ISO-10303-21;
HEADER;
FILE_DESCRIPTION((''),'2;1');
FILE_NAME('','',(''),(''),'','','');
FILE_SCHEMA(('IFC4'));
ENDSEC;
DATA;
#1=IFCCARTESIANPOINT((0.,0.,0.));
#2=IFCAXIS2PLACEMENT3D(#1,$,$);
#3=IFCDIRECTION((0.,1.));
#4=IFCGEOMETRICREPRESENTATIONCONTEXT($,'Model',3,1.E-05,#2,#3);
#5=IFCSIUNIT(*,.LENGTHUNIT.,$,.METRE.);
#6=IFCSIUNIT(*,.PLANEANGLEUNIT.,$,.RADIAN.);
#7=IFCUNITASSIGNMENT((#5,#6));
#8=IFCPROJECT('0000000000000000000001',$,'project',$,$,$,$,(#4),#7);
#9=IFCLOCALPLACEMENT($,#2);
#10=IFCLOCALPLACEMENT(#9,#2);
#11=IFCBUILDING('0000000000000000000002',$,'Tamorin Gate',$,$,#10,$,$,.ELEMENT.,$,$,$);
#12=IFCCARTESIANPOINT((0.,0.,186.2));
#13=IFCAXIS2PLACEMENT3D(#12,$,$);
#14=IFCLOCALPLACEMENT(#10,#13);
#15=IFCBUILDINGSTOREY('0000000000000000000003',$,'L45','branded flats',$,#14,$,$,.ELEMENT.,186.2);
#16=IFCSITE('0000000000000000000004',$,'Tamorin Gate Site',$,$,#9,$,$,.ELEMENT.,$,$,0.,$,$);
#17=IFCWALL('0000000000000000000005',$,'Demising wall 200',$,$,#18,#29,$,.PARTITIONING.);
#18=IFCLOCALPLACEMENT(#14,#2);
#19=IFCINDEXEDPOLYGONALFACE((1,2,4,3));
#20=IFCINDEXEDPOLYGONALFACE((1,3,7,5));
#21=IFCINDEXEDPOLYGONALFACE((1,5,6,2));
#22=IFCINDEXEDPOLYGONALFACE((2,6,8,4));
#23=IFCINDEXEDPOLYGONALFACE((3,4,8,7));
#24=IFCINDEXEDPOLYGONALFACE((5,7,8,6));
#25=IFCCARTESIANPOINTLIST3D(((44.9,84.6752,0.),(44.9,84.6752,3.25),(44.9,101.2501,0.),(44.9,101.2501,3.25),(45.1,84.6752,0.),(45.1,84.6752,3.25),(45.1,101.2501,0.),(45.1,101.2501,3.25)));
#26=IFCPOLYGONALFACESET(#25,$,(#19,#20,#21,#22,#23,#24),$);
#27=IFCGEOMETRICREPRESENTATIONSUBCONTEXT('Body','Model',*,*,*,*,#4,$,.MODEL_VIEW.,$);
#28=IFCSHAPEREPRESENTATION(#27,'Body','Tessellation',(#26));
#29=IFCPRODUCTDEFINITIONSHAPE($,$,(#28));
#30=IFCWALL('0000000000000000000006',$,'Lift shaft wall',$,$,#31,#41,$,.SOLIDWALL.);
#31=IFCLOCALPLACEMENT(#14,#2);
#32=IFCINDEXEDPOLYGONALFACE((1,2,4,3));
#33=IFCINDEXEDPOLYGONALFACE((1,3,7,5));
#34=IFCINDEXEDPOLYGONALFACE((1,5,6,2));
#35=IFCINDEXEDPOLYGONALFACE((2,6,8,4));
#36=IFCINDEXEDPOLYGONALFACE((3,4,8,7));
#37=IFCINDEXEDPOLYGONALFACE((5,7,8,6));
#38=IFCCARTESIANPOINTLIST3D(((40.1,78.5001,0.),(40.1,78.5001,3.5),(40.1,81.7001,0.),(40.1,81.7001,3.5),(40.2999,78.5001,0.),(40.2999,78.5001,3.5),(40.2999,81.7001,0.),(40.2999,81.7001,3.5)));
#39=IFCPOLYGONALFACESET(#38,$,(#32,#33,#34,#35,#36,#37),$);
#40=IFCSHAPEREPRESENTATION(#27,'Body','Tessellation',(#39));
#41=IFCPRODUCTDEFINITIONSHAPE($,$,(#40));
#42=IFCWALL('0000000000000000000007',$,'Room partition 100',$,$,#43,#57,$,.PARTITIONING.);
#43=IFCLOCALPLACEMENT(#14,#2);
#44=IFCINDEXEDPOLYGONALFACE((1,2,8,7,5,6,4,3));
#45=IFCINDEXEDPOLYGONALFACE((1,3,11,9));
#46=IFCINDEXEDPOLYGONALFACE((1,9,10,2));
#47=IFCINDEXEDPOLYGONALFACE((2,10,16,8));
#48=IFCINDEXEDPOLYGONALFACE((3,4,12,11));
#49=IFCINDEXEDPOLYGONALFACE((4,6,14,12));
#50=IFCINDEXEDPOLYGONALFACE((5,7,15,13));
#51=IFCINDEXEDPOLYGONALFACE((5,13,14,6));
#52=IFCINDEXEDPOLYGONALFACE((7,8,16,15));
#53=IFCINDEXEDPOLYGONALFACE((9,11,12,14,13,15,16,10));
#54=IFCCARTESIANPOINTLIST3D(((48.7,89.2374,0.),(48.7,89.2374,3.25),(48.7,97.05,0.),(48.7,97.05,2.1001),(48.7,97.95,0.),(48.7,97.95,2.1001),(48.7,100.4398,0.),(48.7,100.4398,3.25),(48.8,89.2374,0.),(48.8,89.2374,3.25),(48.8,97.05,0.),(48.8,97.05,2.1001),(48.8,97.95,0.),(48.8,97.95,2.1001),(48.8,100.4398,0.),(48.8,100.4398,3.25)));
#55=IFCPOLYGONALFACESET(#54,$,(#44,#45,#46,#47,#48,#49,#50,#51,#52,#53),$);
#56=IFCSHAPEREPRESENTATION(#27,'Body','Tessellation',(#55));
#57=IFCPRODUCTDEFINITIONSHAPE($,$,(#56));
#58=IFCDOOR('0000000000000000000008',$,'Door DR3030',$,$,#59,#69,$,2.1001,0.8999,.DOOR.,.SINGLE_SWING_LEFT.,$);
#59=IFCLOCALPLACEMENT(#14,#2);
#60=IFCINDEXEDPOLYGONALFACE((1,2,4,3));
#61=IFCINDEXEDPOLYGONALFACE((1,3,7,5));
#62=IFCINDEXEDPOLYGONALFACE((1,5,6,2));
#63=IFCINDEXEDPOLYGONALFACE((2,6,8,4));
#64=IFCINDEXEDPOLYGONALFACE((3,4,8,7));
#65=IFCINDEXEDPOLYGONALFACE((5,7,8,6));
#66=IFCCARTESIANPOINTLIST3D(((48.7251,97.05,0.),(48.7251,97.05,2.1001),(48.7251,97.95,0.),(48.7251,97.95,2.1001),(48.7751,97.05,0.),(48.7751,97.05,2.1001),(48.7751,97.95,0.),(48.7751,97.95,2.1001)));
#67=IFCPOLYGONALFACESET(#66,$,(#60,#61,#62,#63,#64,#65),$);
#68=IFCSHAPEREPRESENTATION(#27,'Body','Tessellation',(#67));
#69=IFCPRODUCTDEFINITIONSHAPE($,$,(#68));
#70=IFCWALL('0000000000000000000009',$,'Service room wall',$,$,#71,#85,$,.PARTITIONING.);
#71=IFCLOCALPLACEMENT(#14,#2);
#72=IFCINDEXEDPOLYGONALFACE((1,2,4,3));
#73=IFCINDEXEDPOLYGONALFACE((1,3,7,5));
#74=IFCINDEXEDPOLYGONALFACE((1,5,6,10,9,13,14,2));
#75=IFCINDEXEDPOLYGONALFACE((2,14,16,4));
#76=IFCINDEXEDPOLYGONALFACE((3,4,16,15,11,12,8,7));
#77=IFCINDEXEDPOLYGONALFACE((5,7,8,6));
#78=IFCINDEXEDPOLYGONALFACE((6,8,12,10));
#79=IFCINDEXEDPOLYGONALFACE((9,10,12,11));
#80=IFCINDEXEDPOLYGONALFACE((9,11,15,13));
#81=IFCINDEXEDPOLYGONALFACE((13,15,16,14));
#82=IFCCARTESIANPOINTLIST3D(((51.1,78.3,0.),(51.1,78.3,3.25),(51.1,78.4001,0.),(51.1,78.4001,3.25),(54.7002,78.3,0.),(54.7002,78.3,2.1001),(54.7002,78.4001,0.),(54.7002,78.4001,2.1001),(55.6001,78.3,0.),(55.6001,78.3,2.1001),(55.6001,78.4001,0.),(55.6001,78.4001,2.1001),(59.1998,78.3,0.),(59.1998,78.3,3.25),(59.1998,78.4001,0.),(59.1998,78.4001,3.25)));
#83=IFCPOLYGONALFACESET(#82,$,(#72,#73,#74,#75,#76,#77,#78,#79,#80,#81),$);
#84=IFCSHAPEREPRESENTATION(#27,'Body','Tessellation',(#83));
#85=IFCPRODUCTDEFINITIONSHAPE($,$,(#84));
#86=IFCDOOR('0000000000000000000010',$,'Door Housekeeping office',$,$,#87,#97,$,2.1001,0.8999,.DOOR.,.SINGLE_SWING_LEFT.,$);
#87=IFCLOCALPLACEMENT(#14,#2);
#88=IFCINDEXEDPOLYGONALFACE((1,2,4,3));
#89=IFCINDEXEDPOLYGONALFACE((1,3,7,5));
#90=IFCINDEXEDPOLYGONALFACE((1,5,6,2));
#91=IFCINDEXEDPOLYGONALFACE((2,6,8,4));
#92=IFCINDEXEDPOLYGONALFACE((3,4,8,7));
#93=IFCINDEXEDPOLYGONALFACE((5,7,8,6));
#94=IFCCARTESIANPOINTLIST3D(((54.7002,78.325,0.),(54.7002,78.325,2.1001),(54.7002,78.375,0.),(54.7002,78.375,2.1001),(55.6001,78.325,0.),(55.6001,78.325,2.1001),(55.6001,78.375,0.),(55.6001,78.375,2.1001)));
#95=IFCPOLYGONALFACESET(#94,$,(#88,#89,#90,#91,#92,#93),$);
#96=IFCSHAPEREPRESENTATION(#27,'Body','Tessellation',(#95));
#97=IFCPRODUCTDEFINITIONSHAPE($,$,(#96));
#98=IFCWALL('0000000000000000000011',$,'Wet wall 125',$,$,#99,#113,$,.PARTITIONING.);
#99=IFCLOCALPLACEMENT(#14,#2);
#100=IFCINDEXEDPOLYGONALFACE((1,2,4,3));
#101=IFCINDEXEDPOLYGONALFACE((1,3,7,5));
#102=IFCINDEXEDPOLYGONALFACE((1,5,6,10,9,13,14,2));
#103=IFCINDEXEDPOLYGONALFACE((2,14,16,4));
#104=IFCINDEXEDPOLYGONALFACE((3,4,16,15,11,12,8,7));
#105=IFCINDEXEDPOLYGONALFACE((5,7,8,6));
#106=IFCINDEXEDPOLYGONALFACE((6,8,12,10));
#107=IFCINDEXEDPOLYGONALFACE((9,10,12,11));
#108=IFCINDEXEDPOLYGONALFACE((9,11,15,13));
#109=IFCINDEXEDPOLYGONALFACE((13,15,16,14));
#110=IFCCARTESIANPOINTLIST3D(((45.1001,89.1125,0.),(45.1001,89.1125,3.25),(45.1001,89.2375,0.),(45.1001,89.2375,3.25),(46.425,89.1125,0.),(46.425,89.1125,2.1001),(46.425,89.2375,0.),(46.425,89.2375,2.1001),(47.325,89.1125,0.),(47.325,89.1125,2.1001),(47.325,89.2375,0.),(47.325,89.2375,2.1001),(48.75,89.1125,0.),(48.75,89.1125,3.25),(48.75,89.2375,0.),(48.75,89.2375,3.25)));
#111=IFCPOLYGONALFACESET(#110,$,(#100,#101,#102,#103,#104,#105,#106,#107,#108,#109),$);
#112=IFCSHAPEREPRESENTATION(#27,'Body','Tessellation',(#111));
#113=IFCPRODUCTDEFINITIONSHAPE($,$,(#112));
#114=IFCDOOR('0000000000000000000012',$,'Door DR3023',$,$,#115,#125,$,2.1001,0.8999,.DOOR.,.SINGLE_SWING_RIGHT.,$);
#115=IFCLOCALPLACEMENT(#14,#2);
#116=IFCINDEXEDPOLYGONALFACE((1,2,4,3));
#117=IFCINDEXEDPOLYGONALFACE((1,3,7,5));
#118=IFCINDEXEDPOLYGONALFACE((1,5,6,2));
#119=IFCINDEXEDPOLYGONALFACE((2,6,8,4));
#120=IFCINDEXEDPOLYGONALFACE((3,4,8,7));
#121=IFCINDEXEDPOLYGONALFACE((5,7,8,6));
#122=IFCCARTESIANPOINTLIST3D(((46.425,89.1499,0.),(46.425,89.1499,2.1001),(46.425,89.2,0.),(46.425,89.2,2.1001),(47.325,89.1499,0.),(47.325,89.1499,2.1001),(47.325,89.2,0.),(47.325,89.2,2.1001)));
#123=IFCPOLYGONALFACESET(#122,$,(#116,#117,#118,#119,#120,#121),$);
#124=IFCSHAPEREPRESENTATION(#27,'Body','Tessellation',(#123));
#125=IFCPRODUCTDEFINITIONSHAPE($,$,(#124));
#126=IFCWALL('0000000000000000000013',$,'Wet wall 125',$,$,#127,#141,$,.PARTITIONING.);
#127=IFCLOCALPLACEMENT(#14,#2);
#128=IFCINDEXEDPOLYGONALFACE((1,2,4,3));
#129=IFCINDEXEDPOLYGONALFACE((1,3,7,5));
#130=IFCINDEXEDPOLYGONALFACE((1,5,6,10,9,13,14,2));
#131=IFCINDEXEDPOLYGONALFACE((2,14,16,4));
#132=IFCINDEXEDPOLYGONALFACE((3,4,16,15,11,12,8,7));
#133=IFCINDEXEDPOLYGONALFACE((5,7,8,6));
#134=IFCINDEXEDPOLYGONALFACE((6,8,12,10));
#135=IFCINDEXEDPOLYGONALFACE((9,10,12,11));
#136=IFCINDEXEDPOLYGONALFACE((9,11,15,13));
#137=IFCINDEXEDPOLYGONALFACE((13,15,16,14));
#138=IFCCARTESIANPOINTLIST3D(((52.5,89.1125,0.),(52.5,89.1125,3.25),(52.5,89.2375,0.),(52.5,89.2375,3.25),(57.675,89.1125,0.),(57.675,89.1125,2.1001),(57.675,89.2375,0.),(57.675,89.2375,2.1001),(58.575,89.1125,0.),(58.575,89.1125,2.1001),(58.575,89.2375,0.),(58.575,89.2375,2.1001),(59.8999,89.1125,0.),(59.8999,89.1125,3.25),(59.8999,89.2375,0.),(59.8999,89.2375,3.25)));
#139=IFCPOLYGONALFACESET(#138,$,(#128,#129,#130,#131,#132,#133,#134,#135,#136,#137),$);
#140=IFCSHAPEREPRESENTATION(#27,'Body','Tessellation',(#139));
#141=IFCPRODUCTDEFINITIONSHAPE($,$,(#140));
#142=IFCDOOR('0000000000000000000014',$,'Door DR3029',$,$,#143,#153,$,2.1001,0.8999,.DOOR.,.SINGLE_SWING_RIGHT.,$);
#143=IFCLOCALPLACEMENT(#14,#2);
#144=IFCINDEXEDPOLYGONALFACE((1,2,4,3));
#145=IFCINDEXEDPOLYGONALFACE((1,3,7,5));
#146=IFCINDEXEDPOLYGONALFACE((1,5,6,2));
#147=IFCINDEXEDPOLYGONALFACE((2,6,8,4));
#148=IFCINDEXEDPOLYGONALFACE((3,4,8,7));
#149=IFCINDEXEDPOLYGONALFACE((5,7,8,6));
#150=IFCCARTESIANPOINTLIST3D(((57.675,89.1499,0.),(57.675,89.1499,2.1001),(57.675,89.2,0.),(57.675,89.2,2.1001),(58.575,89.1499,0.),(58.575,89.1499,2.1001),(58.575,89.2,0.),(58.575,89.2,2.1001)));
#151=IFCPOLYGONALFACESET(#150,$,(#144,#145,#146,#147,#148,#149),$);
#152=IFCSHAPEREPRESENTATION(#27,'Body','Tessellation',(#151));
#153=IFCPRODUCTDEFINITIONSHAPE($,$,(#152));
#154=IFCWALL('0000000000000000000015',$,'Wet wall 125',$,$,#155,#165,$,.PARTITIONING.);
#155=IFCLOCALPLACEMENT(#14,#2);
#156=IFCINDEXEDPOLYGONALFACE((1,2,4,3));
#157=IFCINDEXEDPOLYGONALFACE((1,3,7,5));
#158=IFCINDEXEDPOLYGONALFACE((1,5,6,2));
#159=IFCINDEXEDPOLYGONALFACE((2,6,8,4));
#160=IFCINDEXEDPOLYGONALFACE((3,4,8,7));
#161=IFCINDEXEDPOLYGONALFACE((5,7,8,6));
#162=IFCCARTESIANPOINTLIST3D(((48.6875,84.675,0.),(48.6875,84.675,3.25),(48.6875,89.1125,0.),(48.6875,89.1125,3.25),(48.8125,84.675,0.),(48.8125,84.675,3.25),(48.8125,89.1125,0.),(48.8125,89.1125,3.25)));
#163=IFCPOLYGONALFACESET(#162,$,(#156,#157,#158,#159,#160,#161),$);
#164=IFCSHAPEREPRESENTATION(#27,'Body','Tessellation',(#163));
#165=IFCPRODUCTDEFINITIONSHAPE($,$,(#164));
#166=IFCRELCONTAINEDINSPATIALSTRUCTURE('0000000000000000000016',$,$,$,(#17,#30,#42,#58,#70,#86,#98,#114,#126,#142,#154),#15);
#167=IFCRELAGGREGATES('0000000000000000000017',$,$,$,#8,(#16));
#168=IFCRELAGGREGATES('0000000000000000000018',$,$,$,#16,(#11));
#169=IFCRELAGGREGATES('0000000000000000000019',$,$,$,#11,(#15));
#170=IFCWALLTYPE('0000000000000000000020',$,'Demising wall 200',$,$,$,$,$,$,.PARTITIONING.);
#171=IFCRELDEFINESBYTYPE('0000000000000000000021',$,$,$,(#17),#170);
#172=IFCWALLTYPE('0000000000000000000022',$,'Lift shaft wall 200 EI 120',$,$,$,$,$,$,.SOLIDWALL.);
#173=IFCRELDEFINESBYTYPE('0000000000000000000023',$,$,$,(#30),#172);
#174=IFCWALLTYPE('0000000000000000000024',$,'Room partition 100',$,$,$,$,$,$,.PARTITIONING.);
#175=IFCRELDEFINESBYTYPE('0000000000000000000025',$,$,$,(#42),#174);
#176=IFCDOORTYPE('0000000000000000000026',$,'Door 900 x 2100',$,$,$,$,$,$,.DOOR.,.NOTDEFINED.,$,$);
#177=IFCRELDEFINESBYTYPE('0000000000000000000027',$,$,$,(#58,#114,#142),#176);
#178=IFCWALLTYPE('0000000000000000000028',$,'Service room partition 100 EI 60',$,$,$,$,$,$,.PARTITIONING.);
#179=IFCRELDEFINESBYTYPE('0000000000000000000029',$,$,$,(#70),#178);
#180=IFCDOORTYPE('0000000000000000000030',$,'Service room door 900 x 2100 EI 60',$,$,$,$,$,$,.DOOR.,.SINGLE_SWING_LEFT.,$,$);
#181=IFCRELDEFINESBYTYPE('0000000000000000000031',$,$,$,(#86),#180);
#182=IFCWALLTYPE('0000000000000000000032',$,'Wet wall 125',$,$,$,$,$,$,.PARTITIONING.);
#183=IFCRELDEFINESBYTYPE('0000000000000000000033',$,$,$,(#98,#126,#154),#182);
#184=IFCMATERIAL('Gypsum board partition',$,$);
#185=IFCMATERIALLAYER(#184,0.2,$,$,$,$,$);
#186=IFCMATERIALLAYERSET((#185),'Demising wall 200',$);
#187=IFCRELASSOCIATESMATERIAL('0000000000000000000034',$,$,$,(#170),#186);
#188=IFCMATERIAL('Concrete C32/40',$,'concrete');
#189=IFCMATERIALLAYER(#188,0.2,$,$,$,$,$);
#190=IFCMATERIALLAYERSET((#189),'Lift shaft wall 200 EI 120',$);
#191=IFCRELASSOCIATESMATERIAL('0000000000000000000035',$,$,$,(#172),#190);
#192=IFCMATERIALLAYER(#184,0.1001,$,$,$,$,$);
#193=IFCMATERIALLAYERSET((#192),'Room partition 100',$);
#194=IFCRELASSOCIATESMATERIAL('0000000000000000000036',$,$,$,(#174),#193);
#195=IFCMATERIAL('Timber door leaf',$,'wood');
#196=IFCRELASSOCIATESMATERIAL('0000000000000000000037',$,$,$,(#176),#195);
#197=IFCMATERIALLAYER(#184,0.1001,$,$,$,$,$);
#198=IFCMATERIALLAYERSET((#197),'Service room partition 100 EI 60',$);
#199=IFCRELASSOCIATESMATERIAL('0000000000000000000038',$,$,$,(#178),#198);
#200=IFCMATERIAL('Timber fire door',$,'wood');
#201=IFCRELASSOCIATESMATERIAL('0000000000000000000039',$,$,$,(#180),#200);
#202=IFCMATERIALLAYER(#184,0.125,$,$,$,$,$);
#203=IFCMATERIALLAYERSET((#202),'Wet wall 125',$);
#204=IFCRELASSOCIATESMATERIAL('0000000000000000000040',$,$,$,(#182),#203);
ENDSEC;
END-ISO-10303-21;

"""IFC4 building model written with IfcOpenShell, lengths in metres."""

from ifc_helpers import new_model, si_unit, direction, frame, frame_2d, origin, place, context, subcontext, project, spatial, rectangle, extrude, material, layer, layer_set, type_object, element, fill, save


model = new_model("IFC4")

# Units and contexts
model_context = context("Model", 3, precision=1e-05, world=origin(), true_north=direction((0.0, 1.0)))
body_context = subcontext(model_context, "Body", "Model", "MODEL_VIEW")
ifc_project = project(units=[si_unit("LENGTHUNIT", "METRE"), si_unit("PLANEANGLEUNIT", "RADIAN")], contexts=[model_context])

# Site, building, storey
site_placement = place(None, origin())
site = spatial("IfcSite", under=ifc_project, at=site_placement, Name="Tamorin Gate Site", CompositionType="ELEMENT", RefElevation=0.0)
building_placement = place(site_placement, origin())
building = spatial("IfcBuilding", under=site, at=building_placement, Name="Tamorin Gate", CompositionType="ELEMENT")
storey_placement = place(building_placement, frame((0.0, 0.0, 186.2)))
storey = spatial("IfcBuildingStorey", under=building, at=storey_placement, Name="L45", Description="branded flats", CompositionType="ELEMENT", Elevation=186.2)

# Walls
ifc_material_1 = material(Name="Gypsum board partition")
ifc_layer_1 = layer(ifc_material_1, 0.2)
ifc_layer_set_1 = layer_set([ifc_layer_1], Name="Demising wall 200")
wall_type_1 = type_object("IfcWallType", Name="Demising wall 200", PredefinedType="PARTITIONING", material=ifc_layer_set_1)
wall_1_placement = place(storey_placement, frame((45.0, 84.675, 0.0), z_axis=(0.0, 0.0, 1.0), x_axis=(0.0, 1.0, 0.0)))
element("IfcWall", 1, at=wall_1_placement, inside=storey, type_object=wall_type_1, Name="Demising wall 200", PredefinedType="PARTITIONING", context=body_context, shape_type="SweptSolid", body=[
    extrude(rectangle(XDim=16.575, YDim=0.2, at=frame_2d((8.2876, 0.0))), origin(), (0.0, 0.0, 1.0), 3.25),
])
ifc_material_2 = material(Name="Concrete C32/40", Category="concrete")
ifc_layer_2 = layer(ifc_material_2, 0.2)
ifc_layer_set_2 = layer_set([ifc_layer_2], Name="Lift shaft wall 200 EI 120")
wall_type_2 = type_object("IfcWallType", Name="Lift shaft wall 200 EI 120", PredefinedType="SOLIDWALL", material=ifc_layer_set_2)
wall_2_placement = place(storey_placement, frame((40.2, 78.5, 0.0), z_axis=(0.0, 0.0, 1.0), x_axis=(0.0, 1.0, 0.0)))
element("IfcWall", 2, at=wall_2_placement, inside=storey, type_object=wall_type_2, Name="Lift shaft wall", PredefinedType="SOLIDWALL", context=body_context, shape_type="SweptSolid", body=[
    extrude(rectangle(XDim=3.2, YDim=0.2, at=frame_2d((1.6001, 0.0))), origin(), (0.0, 0.0, 1.0), 3.5),
])

# Walls, openings, doors
ifc_layer_3 = layer(ifc_material_1, 0.1001)
ifc_layer_set_3 = layer_set([ifc_layer_3], Name="Room partition 100")
wall_type_3 = type_object("IfcWallType", Name="Room partition 100", PredefinedType="PARTITIONING", material=ifc_layer_set_3)
wall_3_placement = place(storey_placement, frame((48.75, 89.2375, 0.0), z_axis=(0.0, 0.0, 1.0), x_axis=(0.0, 1.0, 0.0)))
wall_3 = element("IfcWall", 3, at=wall_3_placement, inside=storey, type_object=wall_type_3, Name="Room partition 100", PredefinedType="PARTITIONING", context=body_context, shape_type="SweptSolid", body=[
    extrude(rectangle(XDim=11.2024, YDim=0.1001, at=frame_2d((5.6011, 0.0))), origin(), (0.0, 0.0, 1.0), 3.25),
])
opening_1_placement = place(wall_3_placement, frame((7.8125, 0.0, 0.0)))
opening_1 = element("IfcOpeningElement", 4, at=opening_1_placement, cuts=wall_3, PredefinedType="OPENING", context=body_context, shape_type="SweptSolid", body=[
    extrude(rectangle(XDim=0.8999, YDim=2.1001, at=frame_2d((0.45, 1.05))), frame((0.0, 0.0601, 0.0), z_axis=(0.0, -1.0, 0.0), x_axis=(1.0, 0.0, 0.0)), (0.0, 0.0, 1.0), 0.1201),
])
ifc_material_3 = material(Name="Timber door leaf", Category="wood")
door_type_1 = type_object("IfcDoorType", Name="Door 900 x 2100", OperationType="NOTDEFINED", PredefinedType="DOOR", material=ifc_material_3)
door_1_placement = place(opening_1_placement, origin())
door_1 = element("IfcDoor", 5, at=door_1_placement, inside=storey, type_object=door_type_1, Name="Door DR3030", OperationType="SINGLE_SWING_LEFT", OverallHeight=2.1001, OverallWidth=0.8999, PredefinedType="DOOR", context=body_context, shape_type="SweptSolid", body=[
    extrude(rectangle(XDim=0.8999, YDim=2.1001, at=frame_2d((0.45, 1.05))), frame((0.0, 0.0249, 0.0), z_axis=(0.0, -1.0, 0.0), x_axis=(1.0, 0.0, 0.0)), (0.0, 0.0, 1.0), 0.05),
])
fill(opening_1, door_1)
ifc_layer_4 = layer(ifc_material_1, 0.1001)
ifc_layer_set_4 = layer_set([ifc_layer_4], Name="Service room partition 100 EI 60")
wall_type_4 = type_object("IfcWallType", Name="Service room partition 100 EI 60", PredefinedType="PARTITIONING", material=ifc_layer_set_4)
wall_4_placement = place(storey_placement, frame((51.1001, 78.3501, 0.0), z_axis=(0.0, 0.0, 1.0), x_axis=(1.0, 0.0, 0.0)))
wall_4 = element("IfcWall", 6, at=wall_4_placement, inside=storey, type_object=wall_type_4, Name="Service room wall", PredefinedType="PARTITIONING", context=body_context, shape_type="SweptSolid", body=[
    extrude(rectangle(XDim=8.0999, YDim=0.1001, at=frame_2d((4.0498, 0.0))), origin(), (0.0, 0.0, 1.0), 3.25),
])
opening_2_placement = place(wall_4_placement, frame((3.6001, 0.0, 0.0)))
opening_2 = element("IfcOpeningElement", 7, at=opening_2_placement, cuts=wall_4, PredefinedType="OPENING", context=body_context, shape_type="SweptSolid", body=[
    extrude(rectangle(XDim=0.8999, YDim=2.1001, at=frame_2d((0.45, 1.05))), frame((0.0, 0.0601, 0.0), z_axis=(0.0, -1.0, 0.0), x_axis=(1.0, 0.0, 0.0)), (0.0, 0.0, 1.0), 0.1201),
])
ifc_material_4 = material(Name="Timber fire door", Category="wood")
door_type_2 = type_object("IfcDoorType", Name="Service room door 900 x 2100 EI 60", OperationType="SINGLE_SWING_LEFT", PredefinedType="DOOR", material=ifc_material_4)
door_2_placement = place(opening_2_placement, origin())
door_2 = element("IfcDoor", 8, at=door_2_placement, inside=storey, type_object=door_type_2, Name="Door Housekeeping office", OperationType="SINGLE_SWING_LEFT", OverallHeight=2.1001, OverallWidth=0.8999, PredefinedType="DOOR", context=body_context, shape_type="SweptSolid", body=[
    extrude(rectangle(XDim=0.8999, YDim=2.1001, at=frame_2d((0.45, 1.05))), frame((0.0, 0.0249, 0.0), z_axis=(0.0, -1.0, 0.0), x_axis=(1.0, 0.0, 0.0)), (0.0, 0.0, 1.0), 0.05),
])
fill(opening_2, door_2)
ifc_layer_5 = layer(ifc_material_1, 0.125)
ifc_layer_set_5 = layer_set([ifc_layer_5], Name="Wet wall 125")
wall_type_5 = type_object("IfcWallType", Name="Wet wall 125", PredefinedType="PARTITIONING", material=ifc_layer_set_5)
wall_5_placement = place(storey_placement, frame((45.1001, 89.175, 0.0), z_axis=(0.0, 0.0, 1.0), x_axis=(1.0, 0.0, 0.0)))
wall_5 = element("IfcWall", 9, at=wall_5_placement, inside=storey, type_object=wall_type_5, Name="Wet wall 125", PredefinedType="PARTITIONING", context=body_context, shape_type="SweptSolid", body=[
    extrude(rectangle(XDim=3.6499, YDim=0.125, at=frame_2d((1.825, 0.0))), origin(), (0.0, 0.0, 1.0), 3.25),
])
opening_3_placement = place(wall_5_placement, frame((1.325, 0.0, 0.0)))
opening_3 = element("IfcOpeningElement", 10, at=opening_3_placement, cuts=wall_5, PredefinedType="OPENING", context=body_context, shape_type="SweptSolid", body=[
    extrude(rectangle(XDim=0.8999, YDim=2.1001, at=frame_2d((0.45, 1.05))), frame((0.0, 0.0725, 0.0), z_axis=(0.0, -1.0, 0.0), x_axis=(1.0, 0.0, 0.0)), (0.0, 0.0, 1.0), 0.145),
])
door_3_placement = place(opening_3_placement, origin())
door_3 = element("IfcDoor", 11, at=door_3_placement, inside=storey, type_object=door_type_1, Name="Door DR3023", OperationType="SINGLE_SWING_RIGHT", OverallHeight=2.1001, OverallWidth=0.8999, PredefinedType="DOOR", context=body_context, shape_type="SweptSolid", body=[
    extrude(rectangle(XDim=0.8999, YDim=2.1001, at=frame_2d((0.45, 1.05))), frame((0.0, 0.0249, 0.0), z_axis=(0.0, -1.0, 0.0), x_axis=(1.0, 0.0, 0.0)), (0.0, 0.0, 1.0), 0.05),
])
fill(opening_3, door_3)
wall_6_placement = place(storey_placement, frame((52.5, 89.175, 0.0), z_axis=(0.0, 0.0, 1.0), x_axis=(1.0, 0.0, 0.0)))
wall_6 = element("IfcWall", 12, at=wall_6_placement, inside=storey, type_object=wall_type_5, Name="Wet wall 125", PredefinedType="PARTITIONING", context=body_context, shape_type="SweptSolid", body=[
    extrude(rectangle(XDim=7.3999, YDim=0.125, at=frame_2d((3.7, 0.0))), origin(), (0.0, 0.0, 1.0), 3.25),
])
opening_4_placement = place(wall_6_placement, frame((5.175, 0.0, 0.0)))
opening_4 = element("IfcOpeningElement", 13, at=opening_4_placement, cuts=wall_6, PredefinedType="OPENING", context=body_context, shape_type="SweptSolid", body=[
    extrude(rectangle(XDim=0.8999, YDim=2.1001, at=frame_2d((0.45, 1.05))), frame((0.0, 0.0725, 0.0), z_axis=(0.0, -1.0, 0.0), x_axis=(1.0, 0.0, 0.0)), (0.0, 0.0, 1.0), 0.145),
])
door_4_placement = place(opening_4_placement, origin())
door_4 = element("IfcDoor", 14, at=door_4_placement, inside=storey, type_object=door_type_1, Name="Door DR3029", OperationType="SINGLE_SWING_RIGHT", OverallHeight=2.1001, OverallWidth=0.8999, PredefinedType="DOOR", context=body_context, shape_type="SweptSolid", body=[
    extrude(rectangle(XDim=0.8999, YDim=2.1001, at=frame_2d((0.45, 1.05))), frame((0.0, 0.0249, 0.0), z_axis=(0.0, -1.0, 0.0), x_axis=(1.0, 0.0, 0.0)), (0.0, 0.0, 1.0), 0.05),
])
fill(opening_4, door_4)

# Wall
wall_7_placement = place(storey_placement, frame((48.75, 84.675, 0.0), z_axis=(0.0, 0.0, 1.0), x_axis=(0.0, 1.0, 0.0)))
element("IfcWall", 15, at=wall_7_placement, inside=storey, type_object=wall_type_5, Name="Wet wall 125", PredefinedType="PARTITIONING", context=body_context, shape_type="SweptSolid", body=[
    extrude(rectangle(XDim=4.4375, YDim=0.125, at=frame_2d((2.2188, 0.0))), origin(), (0.0, 0.0, 1.0), 3.25),
])

save(model, "model.ifc")
